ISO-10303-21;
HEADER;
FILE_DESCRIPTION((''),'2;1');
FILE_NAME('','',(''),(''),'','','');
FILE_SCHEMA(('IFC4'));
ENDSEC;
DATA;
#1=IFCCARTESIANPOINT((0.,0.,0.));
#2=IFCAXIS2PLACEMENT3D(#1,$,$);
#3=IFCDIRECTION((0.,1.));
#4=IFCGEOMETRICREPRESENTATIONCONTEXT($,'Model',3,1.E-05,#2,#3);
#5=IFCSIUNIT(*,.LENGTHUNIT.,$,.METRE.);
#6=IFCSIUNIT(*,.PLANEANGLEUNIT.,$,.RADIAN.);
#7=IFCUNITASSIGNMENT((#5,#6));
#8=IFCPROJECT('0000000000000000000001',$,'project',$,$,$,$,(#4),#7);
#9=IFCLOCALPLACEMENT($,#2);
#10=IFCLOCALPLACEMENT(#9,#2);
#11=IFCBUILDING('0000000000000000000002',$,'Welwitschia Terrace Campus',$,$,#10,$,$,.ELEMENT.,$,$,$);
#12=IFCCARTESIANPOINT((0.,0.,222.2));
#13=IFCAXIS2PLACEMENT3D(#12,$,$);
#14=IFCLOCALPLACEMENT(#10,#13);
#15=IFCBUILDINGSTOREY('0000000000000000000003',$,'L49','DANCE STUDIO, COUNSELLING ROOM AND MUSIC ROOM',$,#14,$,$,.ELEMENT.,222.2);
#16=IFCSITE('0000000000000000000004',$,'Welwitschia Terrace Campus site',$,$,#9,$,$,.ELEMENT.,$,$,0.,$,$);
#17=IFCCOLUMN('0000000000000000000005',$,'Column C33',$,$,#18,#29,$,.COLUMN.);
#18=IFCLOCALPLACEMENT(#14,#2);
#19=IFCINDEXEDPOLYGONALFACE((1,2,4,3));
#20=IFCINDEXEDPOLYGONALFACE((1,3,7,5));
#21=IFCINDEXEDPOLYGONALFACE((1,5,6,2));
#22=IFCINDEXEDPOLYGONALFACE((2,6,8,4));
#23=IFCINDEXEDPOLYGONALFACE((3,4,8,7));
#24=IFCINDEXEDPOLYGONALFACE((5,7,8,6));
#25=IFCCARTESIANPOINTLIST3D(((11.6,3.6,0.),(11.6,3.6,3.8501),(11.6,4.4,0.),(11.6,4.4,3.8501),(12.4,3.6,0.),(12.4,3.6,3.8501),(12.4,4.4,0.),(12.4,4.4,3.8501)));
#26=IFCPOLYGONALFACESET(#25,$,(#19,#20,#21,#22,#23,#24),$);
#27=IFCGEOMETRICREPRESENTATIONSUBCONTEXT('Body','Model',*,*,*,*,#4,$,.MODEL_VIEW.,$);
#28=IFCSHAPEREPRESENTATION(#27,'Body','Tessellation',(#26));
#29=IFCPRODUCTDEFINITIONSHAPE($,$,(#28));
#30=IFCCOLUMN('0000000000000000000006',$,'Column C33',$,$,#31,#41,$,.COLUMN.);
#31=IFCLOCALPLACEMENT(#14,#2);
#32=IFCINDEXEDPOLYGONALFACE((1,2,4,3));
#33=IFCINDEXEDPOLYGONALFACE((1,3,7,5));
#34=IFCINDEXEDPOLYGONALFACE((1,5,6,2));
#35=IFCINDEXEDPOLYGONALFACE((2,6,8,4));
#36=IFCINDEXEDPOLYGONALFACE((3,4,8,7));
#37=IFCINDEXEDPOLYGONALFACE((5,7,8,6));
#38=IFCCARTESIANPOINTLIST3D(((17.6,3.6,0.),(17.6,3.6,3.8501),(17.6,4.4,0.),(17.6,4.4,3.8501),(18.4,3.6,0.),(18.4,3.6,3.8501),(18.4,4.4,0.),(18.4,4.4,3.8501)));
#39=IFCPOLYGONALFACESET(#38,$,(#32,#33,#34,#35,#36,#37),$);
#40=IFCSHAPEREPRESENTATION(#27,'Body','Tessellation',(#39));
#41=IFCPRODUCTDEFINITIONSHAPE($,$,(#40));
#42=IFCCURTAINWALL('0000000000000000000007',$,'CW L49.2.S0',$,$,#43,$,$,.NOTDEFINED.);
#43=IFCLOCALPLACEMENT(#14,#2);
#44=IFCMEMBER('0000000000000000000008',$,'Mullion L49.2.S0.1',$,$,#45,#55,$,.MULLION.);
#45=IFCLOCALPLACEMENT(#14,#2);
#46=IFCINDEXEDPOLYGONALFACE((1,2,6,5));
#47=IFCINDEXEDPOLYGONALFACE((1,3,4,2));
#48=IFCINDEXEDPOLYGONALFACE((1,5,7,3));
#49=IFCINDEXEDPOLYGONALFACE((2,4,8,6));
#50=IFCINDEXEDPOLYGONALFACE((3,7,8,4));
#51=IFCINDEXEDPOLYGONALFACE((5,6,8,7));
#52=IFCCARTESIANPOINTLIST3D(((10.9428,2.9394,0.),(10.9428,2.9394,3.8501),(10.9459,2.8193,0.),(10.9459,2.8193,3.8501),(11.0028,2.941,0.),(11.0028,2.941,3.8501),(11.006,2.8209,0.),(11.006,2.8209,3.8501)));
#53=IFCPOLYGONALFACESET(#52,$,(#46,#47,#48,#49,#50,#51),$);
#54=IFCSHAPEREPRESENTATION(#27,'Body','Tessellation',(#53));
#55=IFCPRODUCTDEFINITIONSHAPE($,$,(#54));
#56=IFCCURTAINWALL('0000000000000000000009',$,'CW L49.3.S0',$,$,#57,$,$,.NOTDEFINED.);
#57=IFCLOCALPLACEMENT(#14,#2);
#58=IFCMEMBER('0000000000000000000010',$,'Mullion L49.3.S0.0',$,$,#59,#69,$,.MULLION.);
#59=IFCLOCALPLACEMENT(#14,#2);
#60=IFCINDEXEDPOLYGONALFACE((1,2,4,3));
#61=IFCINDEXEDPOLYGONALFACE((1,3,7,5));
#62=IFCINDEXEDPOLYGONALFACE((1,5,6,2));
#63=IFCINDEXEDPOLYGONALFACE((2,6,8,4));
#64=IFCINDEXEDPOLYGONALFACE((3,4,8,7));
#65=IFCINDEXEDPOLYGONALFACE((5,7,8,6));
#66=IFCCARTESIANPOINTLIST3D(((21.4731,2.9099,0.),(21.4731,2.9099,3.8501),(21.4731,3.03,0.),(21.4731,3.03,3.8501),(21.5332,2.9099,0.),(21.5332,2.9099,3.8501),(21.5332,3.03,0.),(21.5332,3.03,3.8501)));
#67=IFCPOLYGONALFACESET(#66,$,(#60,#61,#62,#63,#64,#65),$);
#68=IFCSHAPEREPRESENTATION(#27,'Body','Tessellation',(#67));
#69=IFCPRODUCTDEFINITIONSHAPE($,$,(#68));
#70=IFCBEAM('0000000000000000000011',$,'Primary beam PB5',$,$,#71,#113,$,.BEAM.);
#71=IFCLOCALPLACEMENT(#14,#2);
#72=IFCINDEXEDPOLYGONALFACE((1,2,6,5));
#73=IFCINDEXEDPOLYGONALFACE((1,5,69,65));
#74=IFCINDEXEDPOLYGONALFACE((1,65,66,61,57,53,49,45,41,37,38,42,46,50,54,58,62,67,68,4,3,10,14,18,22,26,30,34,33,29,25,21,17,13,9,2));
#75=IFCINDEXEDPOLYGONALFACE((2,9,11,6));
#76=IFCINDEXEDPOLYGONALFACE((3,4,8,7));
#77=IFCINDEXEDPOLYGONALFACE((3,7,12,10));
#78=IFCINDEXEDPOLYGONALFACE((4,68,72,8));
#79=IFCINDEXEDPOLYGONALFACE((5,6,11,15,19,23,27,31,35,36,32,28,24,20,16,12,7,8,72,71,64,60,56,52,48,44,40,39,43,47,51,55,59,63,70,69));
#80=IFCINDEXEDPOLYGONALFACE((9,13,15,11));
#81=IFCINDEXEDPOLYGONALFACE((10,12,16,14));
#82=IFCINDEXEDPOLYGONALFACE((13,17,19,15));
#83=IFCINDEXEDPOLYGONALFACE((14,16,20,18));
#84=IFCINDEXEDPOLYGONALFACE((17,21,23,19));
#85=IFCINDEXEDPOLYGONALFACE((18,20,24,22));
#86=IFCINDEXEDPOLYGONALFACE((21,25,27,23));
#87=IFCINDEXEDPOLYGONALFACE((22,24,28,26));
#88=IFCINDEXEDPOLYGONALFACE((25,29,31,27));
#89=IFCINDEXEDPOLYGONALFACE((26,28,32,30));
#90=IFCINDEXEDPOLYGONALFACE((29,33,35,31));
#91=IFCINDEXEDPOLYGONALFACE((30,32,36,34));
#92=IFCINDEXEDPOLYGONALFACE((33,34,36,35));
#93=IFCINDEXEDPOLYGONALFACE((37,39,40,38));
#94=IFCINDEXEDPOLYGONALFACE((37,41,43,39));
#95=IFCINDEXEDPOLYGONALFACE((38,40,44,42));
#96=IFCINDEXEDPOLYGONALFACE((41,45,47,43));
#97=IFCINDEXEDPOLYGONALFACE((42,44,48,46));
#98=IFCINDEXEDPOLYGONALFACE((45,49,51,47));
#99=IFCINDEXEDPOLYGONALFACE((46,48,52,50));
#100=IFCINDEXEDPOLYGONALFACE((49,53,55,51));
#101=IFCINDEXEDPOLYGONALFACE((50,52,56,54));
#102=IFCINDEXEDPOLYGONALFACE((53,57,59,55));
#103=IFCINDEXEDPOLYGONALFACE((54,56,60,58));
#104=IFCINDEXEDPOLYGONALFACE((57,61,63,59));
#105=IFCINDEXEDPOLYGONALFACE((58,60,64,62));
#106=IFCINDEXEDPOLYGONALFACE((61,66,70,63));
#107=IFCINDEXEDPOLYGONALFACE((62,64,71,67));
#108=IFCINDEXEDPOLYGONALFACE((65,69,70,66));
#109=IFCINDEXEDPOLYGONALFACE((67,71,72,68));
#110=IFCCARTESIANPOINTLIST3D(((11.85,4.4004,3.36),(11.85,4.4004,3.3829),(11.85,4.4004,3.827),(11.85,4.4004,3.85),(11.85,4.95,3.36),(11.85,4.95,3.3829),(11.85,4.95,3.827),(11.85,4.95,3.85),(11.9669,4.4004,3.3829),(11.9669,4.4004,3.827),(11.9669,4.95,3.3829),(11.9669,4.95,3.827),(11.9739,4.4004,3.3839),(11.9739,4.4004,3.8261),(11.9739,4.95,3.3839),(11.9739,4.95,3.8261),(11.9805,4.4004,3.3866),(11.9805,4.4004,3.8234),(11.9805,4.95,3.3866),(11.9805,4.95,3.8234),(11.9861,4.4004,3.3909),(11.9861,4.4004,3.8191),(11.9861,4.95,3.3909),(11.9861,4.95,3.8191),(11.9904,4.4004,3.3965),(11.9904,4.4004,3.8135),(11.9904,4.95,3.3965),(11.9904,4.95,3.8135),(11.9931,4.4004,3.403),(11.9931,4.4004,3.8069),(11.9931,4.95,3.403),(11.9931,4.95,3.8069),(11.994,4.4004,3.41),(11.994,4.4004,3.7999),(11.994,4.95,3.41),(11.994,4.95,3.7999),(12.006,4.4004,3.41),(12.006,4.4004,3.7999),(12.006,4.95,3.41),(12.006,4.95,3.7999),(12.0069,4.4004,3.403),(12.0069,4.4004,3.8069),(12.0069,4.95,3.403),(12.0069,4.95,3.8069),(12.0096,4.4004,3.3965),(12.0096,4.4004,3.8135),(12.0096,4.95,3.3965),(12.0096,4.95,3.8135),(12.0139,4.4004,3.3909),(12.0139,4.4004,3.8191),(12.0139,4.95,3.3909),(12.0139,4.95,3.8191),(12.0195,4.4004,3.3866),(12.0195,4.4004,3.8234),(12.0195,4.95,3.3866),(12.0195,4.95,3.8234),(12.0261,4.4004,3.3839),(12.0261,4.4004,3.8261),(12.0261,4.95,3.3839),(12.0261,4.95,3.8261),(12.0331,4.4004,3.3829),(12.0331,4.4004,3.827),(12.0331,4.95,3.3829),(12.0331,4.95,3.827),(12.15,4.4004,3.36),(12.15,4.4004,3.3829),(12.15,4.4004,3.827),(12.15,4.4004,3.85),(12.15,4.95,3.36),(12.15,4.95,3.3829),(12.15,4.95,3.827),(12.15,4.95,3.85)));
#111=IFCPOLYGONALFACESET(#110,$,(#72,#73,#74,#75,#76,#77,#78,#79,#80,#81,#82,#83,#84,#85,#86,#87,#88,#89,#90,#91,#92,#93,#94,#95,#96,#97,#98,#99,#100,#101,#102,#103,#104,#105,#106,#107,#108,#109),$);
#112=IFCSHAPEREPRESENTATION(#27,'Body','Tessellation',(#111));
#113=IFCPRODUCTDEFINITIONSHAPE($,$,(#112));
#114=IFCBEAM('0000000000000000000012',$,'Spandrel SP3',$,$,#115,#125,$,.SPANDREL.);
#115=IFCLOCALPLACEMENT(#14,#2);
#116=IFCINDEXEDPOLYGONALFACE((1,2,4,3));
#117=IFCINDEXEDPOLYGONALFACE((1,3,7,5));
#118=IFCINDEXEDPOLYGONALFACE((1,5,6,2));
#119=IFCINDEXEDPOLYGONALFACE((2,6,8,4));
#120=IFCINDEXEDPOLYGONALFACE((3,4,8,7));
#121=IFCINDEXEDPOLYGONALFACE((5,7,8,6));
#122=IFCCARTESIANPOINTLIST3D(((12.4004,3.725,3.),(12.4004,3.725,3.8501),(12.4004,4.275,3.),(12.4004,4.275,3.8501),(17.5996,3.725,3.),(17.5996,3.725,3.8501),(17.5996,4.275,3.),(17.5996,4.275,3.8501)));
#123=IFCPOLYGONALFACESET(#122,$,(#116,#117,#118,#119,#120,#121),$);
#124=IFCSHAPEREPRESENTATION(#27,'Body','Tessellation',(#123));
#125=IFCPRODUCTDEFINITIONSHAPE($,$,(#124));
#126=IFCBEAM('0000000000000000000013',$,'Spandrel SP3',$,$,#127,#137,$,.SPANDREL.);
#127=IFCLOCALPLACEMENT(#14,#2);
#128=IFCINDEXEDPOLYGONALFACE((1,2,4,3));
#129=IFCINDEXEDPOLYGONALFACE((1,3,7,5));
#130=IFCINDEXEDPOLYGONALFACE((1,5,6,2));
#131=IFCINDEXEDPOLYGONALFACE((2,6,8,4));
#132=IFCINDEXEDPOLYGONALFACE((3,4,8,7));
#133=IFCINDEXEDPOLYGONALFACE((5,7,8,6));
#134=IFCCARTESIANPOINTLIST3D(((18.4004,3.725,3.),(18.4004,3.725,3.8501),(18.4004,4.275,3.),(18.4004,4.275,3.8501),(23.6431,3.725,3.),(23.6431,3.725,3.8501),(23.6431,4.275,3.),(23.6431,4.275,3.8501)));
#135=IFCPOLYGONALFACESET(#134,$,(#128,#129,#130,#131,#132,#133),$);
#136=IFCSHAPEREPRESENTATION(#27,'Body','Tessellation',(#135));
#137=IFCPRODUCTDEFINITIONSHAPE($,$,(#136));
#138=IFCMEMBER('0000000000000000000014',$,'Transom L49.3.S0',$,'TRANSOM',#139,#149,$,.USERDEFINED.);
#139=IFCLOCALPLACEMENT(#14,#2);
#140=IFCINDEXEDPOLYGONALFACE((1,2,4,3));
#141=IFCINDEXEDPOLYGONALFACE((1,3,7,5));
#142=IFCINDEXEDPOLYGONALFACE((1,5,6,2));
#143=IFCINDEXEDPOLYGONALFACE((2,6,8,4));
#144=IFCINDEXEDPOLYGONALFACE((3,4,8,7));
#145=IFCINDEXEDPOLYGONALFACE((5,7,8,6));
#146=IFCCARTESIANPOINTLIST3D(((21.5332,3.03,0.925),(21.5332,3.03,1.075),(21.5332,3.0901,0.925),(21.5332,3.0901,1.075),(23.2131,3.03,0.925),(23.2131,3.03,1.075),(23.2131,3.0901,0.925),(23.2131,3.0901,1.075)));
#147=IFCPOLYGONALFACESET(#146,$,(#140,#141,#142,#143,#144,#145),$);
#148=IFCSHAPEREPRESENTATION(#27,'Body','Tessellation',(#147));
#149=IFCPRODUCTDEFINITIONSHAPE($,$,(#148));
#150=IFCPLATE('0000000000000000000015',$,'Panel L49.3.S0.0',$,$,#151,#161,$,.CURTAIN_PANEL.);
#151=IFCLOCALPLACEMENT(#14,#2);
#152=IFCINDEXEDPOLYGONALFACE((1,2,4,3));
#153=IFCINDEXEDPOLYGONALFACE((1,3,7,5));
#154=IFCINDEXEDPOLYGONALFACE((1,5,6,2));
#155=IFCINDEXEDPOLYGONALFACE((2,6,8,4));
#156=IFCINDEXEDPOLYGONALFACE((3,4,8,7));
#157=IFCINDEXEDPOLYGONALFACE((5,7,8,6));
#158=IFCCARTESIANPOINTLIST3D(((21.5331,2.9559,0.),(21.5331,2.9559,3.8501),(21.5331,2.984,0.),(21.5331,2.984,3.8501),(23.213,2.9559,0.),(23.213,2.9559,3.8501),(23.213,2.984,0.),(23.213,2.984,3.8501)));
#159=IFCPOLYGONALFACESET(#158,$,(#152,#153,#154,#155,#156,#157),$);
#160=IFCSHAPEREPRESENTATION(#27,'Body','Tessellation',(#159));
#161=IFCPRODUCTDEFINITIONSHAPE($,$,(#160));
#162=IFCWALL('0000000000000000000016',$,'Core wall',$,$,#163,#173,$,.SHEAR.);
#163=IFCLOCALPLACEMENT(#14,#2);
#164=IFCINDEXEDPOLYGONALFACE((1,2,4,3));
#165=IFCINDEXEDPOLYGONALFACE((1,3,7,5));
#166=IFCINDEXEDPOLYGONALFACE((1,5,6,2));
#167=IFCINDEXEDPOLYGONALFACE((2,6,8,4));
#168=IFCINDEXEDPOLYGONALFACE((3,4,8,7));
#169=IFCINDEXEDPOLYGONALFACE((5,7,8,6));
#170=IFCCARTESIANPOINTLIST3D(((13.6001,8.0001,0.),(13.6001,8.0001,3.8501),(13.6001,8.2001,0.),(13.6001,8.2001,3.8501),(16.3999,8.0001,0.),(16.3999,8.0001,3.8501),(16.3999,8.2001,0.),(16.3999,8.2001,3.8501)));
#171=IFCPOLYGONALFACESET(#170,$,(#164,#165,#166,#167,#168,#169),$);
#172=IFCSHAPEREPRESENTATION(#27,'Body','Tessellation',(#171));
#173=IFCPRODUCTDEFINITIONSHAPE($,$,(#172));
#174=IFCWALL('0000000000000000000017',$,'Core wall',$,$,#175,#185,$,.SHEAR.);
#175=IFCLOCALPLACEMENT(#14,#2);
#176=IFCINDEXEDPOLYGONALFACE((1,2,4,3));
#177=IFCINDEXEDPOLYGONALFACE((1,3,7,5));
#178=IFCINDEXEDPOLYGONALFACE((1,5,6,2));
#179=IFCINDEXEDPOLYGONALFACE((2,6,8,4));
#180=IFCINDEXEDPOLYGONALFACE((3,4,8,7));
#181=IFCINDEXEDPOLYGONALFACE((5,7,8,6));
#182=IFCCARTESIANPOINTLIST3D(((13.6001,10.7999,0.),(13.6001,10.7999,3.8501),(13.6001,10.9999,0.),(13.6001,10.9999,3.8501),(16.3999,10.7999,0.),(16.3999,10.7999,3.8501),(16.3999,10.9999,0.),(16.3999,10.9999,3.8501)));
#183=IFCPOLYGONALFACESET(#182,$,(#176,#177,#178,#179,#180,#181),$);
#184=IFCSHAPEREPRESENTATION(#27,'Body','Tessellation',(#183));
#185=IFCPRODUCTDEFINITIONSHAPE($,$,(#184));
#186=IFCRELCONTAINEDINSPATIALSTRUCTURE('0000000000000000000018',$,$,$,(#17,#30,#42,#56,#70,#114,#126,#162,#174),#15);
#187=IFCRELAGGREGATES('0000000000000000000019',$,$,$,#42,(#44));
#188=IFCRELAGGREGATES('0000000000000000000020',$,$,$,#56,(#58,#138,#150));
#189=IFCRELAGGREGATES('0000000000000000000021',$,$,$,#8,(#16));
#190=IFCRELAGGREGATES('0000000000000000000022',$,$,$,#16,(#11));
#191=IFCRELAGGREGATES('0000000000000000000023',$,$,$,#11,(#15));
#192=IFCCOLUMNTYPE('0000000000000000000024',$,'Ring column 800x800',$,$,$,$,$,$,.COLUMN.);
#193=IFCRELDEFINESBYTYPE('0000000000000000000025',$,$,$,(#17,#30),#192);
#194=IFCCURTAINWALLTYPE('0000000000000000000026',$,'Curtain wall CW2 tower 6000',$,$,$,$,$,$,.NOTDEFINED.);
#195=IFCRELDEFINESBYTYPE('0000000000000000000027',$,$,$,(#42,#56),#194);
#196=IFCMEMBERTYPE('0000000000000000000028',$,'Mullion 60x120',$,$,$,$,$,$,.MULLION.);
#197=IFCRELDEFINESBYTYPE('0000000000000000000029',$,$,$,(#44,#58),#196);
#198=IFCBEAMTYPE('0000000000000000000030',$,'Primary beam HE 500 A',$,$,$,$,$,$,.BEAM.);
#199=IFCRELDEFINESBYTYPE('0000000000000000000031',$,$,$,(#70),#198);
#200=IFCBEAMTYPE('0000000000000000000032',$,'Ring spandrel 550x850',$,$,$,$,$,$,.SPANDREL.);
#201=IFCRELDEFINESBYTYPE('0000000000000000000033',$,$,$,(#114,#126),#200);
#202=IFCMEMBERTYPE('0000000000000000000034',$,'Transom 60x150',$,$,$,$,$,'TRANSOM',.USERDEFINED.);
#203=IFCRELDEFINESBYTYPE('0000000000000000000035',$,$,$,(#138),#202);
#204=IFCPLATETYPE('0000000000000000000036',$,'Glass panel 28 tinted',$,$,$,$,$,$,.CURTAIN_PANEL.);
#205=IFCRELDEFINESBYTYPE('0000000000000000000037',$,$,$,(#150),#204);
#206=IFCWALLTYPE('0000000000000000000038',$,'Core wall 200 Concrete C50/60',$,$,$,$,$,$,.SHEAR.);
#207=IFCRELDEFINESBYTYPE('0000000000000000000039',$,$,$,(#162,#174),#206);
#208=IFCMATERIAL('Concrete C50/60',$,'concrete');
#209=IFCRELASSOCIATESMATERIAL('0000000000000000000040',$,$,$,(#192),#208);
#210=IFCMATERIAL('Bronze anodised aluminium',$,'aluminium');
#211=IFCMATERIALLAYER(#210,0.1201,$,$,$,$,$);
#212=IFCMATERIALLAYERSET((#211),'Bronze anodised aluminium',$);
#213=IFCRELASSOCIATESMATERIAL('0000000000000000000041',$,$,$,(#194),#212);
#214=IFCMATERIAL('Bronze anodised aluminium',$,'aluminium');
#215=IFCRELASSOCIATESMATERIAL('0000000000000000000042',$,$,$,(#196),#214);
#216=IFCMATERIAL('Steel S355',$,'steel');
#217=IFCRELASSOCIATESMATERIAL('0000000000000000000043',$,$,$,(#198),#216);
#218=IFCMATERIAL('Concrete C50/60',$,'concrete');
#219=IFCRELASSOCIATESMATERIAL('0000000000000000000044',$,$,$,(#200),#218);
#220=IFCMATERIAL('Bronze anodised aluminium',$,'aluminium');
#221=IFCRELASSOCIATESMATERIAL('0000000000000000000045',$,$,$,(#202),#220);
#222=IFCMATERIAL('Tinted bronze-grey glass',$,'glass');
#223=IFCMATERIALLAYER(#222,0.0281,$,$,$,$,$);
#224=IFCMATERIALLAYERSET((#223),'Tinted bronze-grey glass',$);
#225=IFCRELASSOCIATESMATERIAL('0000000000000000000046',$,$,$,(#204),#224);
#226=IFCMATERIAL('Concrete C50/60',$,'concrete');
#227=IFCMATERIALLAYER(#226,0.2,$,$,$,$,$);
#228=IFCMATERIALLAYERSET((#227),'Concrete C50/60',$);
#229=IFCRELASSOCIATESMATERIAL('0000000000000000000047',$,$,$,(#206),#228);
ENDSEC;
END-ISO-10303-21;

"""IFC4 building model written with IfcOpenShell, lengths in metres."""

from ifc_helpers import new_model, si_unit, direction, frame, frame_2d, origin, origin_2d, place, context, subcontext, project, spatial, rectangle, i_section, extrude, material, layer, layer_set, material_profile, profile_set, type_object, element, aggregate, save


model = new_model("IFC4")

# Units and contexts
model_context = context("Model", 3, precision=1e-05, world=origin(), true_north=direction((0.0, 1.0)))
body_context = subcontext(model_context, "Body", "Model", "MODEL_VIEW")
ifc_project = project(units=[si_unit("LENGTHUNIT", "METRE"), si_unit("PLANEANGLEUNIT", "RADIAN")], contexts=[model_context])

# Site, building, storey
site_placement = place(None, origin())
site = spatial("IfcSite", under=ifc_project, at=site_placement, Name="Welwitschia Terrace Campus site", CompositionType="ELEMENT", RefElevation=0.0)
building_placement = place(site_placement, origin())
building = spatial("IfcBuilding", under=site, at=building_placement, Name="Welwitschia Terrace Campus", CompositionType="ELEMENT")
storey_placement = place(building_placement, frame((0.0, 0.0, 222.2)))
storey = spatial("IfcBuildingStorey", under=building, at=storey_placement, Name="L49", Description="DANCE STUDIO, COUNSELLING ROOM AND MUSIC ROOM", CompositionType="ELEMENT", Elevation=222.2)

# Columns
ifc_material_1 = material(Name="Concrete C50/60", Category="concrete")
ifc_material_profile_1 = material_profile(ifc_material_1, rectangle(XDim=0.8, YDim=0.8, at=origin_2d()))
ifc_profile_set_1 = profile_set([ifc_material_profile_1], Name="Concrete C50/60")
column_type = type_object("IfcColumnType", Name="Ring column 800x800", PredefinedType="COLUMN", material=ifc_profile_set_1)
for number, where, z_axis, x_axis, name in (
    (1, (12.0, 4.0, 0.0), (0.0, 0.0, 1.0), (1.0, 0.0, 0.0), "Column C33"),
    (2, (18.0, 4.0, 0.0), (0.0, 0.0, 1.0), (1.0, 0.0, 0.0), "Column C33"),
):
    element("IfcColumn", number, at=place(storey_placement, frame(where, z_axis=z_axis, x_axis=x_axis)), inside=storey, type_object=column_type, Name=name, PredefinedType="COLUMN", context=body_context, shape_type="SweptSolid", body=[
        extrude(rectangle(XDim=0.8, YDim=0.8, at=origin_2d()), origin(), (0.0, 0.0, 1.0), 3.8501),
    ])

# Curtain walls, members
ifc_material_2 = material(Name="Bronze anodised aluminium", Category="aluminium")
ifc_layer_1 = layer(ifc_material_2, 0.1201)
ifc_layer_set_1 = layer_set([ifc_layer_1], Name="Bronze anodised aluminium")
curtain_wall_type = type_object("IfcCurtainWallType", Name="Curtain wall CW2 tower 6000", PredefinedType="NOTDEFINED", material=ifc_layer_set_1)
curtain_wall_1_placement = place(storey_placement, origin())
curtain_wall_1 = element("IfcCurtainWall", 3, at=curtain_wall_1_placement, inside=storey, type_object=curtain_wall_type, Name="CW L49.2.S0", PredefinedType="NOTDEFINED")
ifc_material_3 = material(Name="Bronze anodised aluminium", Category="aluminium")
ifc_material_profile_2 = material_profile(ifc_material_3, rectangle(XDim=0.1201, YDim=0.0601, at=origin_2d()))
ifc_profile_set_2 = profile_set([ifc_material_profile_2], Name="Bronze anodised aluminium")
member_type_1 = type_object("IfcMemberType", Name="Mullion 60x120", PredefinedType="MULLION", material=ifc_profile_set_2)
member_1_placement = place(storey_placement, frame((10.9744, 2.8801, 0.0), z_axis=(0.0, 0.0, 1.0), x_axis=(-0.026177, 0.999657, 0.0)))
member_1 = element("IfcMember", 4, at=member_1_placement, type_object=member_type_1, Name="Mullion L49.2.S0.1", PredefinedType="MULLION", context=body_context, shape_type="SweptSolid", body=[
    extrude(rectangle(XDim=0.1201, YDim=0.0601, at=origin_2d()), origin(), (0.0, 0.0, 1.0), 3.8501),
])
aggregate(curtain_wall_1, [member_1])
curtain_wall_2_placement = place(storey_placement, origin())
curtain_wall_2 = element("IfcCurtainWall", 5, at=curtain_wall_2_placement, inside=storey, type_object=curtain_wall_type, Name="CW L49.3.S0", PredefinedType="NOTDEFINED")
member_2_placement = place(storey_placement, frame((21.5032, 2.97, 0.0), z_axis=(0.0, 0.0, 1.0), x_axis=(0.0, 1.0, 0.0)))
member_2 = element("IfcMember", 6, at=member_2_placement, type_object=member_type_1, Name="Mullion L49.3.S0.0", PredefinedType="MULLION", context=body_context, shape_type="SweptSolid", body=[
    extrude(rectangle(XDim=0.1201, YDim=0.0601, at=origin_2d()), origin(), (0.0, 0.0, 1.0), 3.8501),
])

# Beams
ifc_material_4 = material(Name="Steel S355", Category="steel")
ifc_material_profile_3 = material_profile(ifc_material_4, i_section(OverallWidth=0.3, OverallDepth=0.49, WebThickness=0.012, FlangeThickness=0.0229, FilletRadius=0.0271, at=origin_2d()))
ifc_profile_set_3 = profile_set([ifc_material_profile_3], Name="Steel S355")
beam_type_1 = type_object("IfcBeamType", Name="Primary beam HE 500 A", PredefinedType="BEAM", material=ifc_profile_set_3)
beam_1_placement = place(storey_placement, frame((12.0, 4.4004, 3.605), z_axis=(0.0, 1.0, 0.0), x_axis=(-1.0, 0.0, 0.0)))
element("IfcBeam", 7, at=beam_1_placement, inside=storey, type_object=beam_type_1, Name="Primary beam PB5", PredefinedType="BEAM", context=body_context, shape_type="SweptSolid", body=[
    extrude(i_section(OverallWidth=0.3, OverallDepth=0.49, WebThickness=0.012, FlangeThickness=0.0229, FilletRadius=0.0271, at=origin_2d()), origin(), (0.0, 0.0, 1.0), 0.5496),
])
ifc_material_5 = material(Name="Concrete C50/60", Category="concrete")
ifc_material_profile_4 = material_profile(ifc_material_5, rectangle(XDim=0.55, YDim=0.8501, at=origin_2d()))
ifc_profile_set_4 = profile_set([ifc_material_profile_4], Name="Concrete C50/60")
beam_type_2 = type_object("IfcBeamType", Name="Ring spandrel 550x850", PredefinedType="SPANDREL", material=ifc_profile_set_4)
beam_2_placement = place(storey_placement, frame((12.4004, 4.0, 3.425), z_axis=(1.0, 0.0, 0.0), x_axis=(0.0, 1.0, 0.0)))
element("IfcBeam", 8, at=beam_2_placement, inside=storey, type_object=beam_type_2, Name="Spandrel SP3", PredefinedType="SPANDREL", context=body_context, shape_type="SweptSolid", body=[
    extrude(rectangle(XDim=0.55, YDim=0.8501, at=origin_2d()), origin(), (0.0, 0.0, 1.0), 5.1992),
])
beam_3_placement = place(storey_placement, frame((18.4004, 4.0, 3.425), z_axis=(1.0, 0.0, 0.0), x_axis=(0.0, 1.0, 0.0)))
element("IfcBeam", 9, at=beam_3_placement, inside=storey, type_object=beam_type_2, Name="Spandrel SP3", PredefinedType="SPANDREL", context=body_context, shape_type="SweptSolid", body=[
    extrude(rectangle(XDim=0.55, YDim=0.8501, at=origin_2d()), origin(), (0.0, 0.0, 1.0), 5.2427),
])

# Member
ifc_material_6 = material(Name="Bronze anodised aluminium", Category="aluminium")
ifc_material_profile_5 = material_profile(ifc_material_6, rectangle(XDim=0.0601, YDim=0.1499, at=origin_2d()))
ifc_profile_set_5 = profile_set([ifc_material_profile_5], Name="Bronze anodised aluminium")
member_type_2 = type_object("IfcMemberType", Name="Transom 60x150", ElementType="TRANSOM", PredefinedType="USERDEFINED", material=ifc_profile_set_5)
member_3_placement = place(storey_placement, frame((21.5332, 3.0601, 1.0), z_axis=(1.0, 0.0, 0.0), x_axis=(0.0, 1.0, 0.0)))
member_3 = element("IfcMember", 10, at=member_3_placement, type_object=member_type_2, Name="Transom L49.3.S0", ObjectType="TRANSOM", PredefinedType="USERDEFINED", context=body_context, shape_type="SweptSolid", body=[
    extrude(rectangle(XDim=0.0601, YDim=0.1499, at=origin_2d()), origin(), (0.0, 0.0, 1.0), 1.6799),
])

# Plate
ifc_material_7 = material(Name="Tinted bronze-grey glass", Category="glass")
ifc_layer_2 = layer(ifc_material_7, 0.0281)
ifc_layer_set_2 = layer_set([ifc_layer_2], Name="Tinted bronze-grey glass")
plate_type = type_object("IfcPlateType", Name="Glass panel 28 tinted", PredefinedType="CURTAIN_PANEL", material=ifc_layer_set_2)
plate_placement = place(storey_placement, frame((22.373, 2.97, 0.0), z_axis=(0.0, 0.0, 1.0), x_axis=(1.0, 0.0, 0.0)))
plate = element("IfcPlate", 11, at=plate_placement, type_object=plate_type, Name="Panel L49.3.S0.0", PredefinedType="CURTAIN_PANEL", context=body_context, shape_type="SweptSolid", body=[
    extrude(rectangle(XDim=1.6799, YDim=0.0281, at=origin_2d()), origin(), (0.0, 0.0, 1.0), 3.8501),
])
aggregate(curtain_wall_2, [member_2, member_3, plate])

# Walls
ifc_material_8 = material(Name="Concrete C50/60", Category="concrete")
ifc_layer_3 = layer(ifc_material_8, 0.2)
ifc_layer_set_3 = layer_set([ifc_layer_3], Name="Concrete C50/60")
wall_type_1 = type_object("IfcWallType", Name="Core wall 200 Concrete C50/60", PredefinedType="SHEAR", material=ifc_layer_set_3)
for number, where, z_axis, x_axis, name in (
    (12, (13.6001, 8.1001, 0.0), (0.0, 0.0, 1.0), (1.0, 0.0, 0.0), "Core wall"),
    (13, (13.6001, 10.8999, 0.0), (0.0, 0.0, 1.0), (1.0, 0.0, 0.0), "Core wall"),
):
    element("IfcWall", number, at=place(storey_placement, frame(where, z_axis=z_axis, x_axis=x_axis)), inside=storey, type_object=wall_type_1, Name=name, PredefinedType="SHEAR", context=body_context, shape_type="SweptSolid", body=[
        extrude(rectangle(XDim=2.7998, YDim=0.2, at=frame_2d((1.3999, 0.0))), origin(), (0.0, 0.0, 1.0), 3.8501),
    ])

save(model, "model.ifc")
